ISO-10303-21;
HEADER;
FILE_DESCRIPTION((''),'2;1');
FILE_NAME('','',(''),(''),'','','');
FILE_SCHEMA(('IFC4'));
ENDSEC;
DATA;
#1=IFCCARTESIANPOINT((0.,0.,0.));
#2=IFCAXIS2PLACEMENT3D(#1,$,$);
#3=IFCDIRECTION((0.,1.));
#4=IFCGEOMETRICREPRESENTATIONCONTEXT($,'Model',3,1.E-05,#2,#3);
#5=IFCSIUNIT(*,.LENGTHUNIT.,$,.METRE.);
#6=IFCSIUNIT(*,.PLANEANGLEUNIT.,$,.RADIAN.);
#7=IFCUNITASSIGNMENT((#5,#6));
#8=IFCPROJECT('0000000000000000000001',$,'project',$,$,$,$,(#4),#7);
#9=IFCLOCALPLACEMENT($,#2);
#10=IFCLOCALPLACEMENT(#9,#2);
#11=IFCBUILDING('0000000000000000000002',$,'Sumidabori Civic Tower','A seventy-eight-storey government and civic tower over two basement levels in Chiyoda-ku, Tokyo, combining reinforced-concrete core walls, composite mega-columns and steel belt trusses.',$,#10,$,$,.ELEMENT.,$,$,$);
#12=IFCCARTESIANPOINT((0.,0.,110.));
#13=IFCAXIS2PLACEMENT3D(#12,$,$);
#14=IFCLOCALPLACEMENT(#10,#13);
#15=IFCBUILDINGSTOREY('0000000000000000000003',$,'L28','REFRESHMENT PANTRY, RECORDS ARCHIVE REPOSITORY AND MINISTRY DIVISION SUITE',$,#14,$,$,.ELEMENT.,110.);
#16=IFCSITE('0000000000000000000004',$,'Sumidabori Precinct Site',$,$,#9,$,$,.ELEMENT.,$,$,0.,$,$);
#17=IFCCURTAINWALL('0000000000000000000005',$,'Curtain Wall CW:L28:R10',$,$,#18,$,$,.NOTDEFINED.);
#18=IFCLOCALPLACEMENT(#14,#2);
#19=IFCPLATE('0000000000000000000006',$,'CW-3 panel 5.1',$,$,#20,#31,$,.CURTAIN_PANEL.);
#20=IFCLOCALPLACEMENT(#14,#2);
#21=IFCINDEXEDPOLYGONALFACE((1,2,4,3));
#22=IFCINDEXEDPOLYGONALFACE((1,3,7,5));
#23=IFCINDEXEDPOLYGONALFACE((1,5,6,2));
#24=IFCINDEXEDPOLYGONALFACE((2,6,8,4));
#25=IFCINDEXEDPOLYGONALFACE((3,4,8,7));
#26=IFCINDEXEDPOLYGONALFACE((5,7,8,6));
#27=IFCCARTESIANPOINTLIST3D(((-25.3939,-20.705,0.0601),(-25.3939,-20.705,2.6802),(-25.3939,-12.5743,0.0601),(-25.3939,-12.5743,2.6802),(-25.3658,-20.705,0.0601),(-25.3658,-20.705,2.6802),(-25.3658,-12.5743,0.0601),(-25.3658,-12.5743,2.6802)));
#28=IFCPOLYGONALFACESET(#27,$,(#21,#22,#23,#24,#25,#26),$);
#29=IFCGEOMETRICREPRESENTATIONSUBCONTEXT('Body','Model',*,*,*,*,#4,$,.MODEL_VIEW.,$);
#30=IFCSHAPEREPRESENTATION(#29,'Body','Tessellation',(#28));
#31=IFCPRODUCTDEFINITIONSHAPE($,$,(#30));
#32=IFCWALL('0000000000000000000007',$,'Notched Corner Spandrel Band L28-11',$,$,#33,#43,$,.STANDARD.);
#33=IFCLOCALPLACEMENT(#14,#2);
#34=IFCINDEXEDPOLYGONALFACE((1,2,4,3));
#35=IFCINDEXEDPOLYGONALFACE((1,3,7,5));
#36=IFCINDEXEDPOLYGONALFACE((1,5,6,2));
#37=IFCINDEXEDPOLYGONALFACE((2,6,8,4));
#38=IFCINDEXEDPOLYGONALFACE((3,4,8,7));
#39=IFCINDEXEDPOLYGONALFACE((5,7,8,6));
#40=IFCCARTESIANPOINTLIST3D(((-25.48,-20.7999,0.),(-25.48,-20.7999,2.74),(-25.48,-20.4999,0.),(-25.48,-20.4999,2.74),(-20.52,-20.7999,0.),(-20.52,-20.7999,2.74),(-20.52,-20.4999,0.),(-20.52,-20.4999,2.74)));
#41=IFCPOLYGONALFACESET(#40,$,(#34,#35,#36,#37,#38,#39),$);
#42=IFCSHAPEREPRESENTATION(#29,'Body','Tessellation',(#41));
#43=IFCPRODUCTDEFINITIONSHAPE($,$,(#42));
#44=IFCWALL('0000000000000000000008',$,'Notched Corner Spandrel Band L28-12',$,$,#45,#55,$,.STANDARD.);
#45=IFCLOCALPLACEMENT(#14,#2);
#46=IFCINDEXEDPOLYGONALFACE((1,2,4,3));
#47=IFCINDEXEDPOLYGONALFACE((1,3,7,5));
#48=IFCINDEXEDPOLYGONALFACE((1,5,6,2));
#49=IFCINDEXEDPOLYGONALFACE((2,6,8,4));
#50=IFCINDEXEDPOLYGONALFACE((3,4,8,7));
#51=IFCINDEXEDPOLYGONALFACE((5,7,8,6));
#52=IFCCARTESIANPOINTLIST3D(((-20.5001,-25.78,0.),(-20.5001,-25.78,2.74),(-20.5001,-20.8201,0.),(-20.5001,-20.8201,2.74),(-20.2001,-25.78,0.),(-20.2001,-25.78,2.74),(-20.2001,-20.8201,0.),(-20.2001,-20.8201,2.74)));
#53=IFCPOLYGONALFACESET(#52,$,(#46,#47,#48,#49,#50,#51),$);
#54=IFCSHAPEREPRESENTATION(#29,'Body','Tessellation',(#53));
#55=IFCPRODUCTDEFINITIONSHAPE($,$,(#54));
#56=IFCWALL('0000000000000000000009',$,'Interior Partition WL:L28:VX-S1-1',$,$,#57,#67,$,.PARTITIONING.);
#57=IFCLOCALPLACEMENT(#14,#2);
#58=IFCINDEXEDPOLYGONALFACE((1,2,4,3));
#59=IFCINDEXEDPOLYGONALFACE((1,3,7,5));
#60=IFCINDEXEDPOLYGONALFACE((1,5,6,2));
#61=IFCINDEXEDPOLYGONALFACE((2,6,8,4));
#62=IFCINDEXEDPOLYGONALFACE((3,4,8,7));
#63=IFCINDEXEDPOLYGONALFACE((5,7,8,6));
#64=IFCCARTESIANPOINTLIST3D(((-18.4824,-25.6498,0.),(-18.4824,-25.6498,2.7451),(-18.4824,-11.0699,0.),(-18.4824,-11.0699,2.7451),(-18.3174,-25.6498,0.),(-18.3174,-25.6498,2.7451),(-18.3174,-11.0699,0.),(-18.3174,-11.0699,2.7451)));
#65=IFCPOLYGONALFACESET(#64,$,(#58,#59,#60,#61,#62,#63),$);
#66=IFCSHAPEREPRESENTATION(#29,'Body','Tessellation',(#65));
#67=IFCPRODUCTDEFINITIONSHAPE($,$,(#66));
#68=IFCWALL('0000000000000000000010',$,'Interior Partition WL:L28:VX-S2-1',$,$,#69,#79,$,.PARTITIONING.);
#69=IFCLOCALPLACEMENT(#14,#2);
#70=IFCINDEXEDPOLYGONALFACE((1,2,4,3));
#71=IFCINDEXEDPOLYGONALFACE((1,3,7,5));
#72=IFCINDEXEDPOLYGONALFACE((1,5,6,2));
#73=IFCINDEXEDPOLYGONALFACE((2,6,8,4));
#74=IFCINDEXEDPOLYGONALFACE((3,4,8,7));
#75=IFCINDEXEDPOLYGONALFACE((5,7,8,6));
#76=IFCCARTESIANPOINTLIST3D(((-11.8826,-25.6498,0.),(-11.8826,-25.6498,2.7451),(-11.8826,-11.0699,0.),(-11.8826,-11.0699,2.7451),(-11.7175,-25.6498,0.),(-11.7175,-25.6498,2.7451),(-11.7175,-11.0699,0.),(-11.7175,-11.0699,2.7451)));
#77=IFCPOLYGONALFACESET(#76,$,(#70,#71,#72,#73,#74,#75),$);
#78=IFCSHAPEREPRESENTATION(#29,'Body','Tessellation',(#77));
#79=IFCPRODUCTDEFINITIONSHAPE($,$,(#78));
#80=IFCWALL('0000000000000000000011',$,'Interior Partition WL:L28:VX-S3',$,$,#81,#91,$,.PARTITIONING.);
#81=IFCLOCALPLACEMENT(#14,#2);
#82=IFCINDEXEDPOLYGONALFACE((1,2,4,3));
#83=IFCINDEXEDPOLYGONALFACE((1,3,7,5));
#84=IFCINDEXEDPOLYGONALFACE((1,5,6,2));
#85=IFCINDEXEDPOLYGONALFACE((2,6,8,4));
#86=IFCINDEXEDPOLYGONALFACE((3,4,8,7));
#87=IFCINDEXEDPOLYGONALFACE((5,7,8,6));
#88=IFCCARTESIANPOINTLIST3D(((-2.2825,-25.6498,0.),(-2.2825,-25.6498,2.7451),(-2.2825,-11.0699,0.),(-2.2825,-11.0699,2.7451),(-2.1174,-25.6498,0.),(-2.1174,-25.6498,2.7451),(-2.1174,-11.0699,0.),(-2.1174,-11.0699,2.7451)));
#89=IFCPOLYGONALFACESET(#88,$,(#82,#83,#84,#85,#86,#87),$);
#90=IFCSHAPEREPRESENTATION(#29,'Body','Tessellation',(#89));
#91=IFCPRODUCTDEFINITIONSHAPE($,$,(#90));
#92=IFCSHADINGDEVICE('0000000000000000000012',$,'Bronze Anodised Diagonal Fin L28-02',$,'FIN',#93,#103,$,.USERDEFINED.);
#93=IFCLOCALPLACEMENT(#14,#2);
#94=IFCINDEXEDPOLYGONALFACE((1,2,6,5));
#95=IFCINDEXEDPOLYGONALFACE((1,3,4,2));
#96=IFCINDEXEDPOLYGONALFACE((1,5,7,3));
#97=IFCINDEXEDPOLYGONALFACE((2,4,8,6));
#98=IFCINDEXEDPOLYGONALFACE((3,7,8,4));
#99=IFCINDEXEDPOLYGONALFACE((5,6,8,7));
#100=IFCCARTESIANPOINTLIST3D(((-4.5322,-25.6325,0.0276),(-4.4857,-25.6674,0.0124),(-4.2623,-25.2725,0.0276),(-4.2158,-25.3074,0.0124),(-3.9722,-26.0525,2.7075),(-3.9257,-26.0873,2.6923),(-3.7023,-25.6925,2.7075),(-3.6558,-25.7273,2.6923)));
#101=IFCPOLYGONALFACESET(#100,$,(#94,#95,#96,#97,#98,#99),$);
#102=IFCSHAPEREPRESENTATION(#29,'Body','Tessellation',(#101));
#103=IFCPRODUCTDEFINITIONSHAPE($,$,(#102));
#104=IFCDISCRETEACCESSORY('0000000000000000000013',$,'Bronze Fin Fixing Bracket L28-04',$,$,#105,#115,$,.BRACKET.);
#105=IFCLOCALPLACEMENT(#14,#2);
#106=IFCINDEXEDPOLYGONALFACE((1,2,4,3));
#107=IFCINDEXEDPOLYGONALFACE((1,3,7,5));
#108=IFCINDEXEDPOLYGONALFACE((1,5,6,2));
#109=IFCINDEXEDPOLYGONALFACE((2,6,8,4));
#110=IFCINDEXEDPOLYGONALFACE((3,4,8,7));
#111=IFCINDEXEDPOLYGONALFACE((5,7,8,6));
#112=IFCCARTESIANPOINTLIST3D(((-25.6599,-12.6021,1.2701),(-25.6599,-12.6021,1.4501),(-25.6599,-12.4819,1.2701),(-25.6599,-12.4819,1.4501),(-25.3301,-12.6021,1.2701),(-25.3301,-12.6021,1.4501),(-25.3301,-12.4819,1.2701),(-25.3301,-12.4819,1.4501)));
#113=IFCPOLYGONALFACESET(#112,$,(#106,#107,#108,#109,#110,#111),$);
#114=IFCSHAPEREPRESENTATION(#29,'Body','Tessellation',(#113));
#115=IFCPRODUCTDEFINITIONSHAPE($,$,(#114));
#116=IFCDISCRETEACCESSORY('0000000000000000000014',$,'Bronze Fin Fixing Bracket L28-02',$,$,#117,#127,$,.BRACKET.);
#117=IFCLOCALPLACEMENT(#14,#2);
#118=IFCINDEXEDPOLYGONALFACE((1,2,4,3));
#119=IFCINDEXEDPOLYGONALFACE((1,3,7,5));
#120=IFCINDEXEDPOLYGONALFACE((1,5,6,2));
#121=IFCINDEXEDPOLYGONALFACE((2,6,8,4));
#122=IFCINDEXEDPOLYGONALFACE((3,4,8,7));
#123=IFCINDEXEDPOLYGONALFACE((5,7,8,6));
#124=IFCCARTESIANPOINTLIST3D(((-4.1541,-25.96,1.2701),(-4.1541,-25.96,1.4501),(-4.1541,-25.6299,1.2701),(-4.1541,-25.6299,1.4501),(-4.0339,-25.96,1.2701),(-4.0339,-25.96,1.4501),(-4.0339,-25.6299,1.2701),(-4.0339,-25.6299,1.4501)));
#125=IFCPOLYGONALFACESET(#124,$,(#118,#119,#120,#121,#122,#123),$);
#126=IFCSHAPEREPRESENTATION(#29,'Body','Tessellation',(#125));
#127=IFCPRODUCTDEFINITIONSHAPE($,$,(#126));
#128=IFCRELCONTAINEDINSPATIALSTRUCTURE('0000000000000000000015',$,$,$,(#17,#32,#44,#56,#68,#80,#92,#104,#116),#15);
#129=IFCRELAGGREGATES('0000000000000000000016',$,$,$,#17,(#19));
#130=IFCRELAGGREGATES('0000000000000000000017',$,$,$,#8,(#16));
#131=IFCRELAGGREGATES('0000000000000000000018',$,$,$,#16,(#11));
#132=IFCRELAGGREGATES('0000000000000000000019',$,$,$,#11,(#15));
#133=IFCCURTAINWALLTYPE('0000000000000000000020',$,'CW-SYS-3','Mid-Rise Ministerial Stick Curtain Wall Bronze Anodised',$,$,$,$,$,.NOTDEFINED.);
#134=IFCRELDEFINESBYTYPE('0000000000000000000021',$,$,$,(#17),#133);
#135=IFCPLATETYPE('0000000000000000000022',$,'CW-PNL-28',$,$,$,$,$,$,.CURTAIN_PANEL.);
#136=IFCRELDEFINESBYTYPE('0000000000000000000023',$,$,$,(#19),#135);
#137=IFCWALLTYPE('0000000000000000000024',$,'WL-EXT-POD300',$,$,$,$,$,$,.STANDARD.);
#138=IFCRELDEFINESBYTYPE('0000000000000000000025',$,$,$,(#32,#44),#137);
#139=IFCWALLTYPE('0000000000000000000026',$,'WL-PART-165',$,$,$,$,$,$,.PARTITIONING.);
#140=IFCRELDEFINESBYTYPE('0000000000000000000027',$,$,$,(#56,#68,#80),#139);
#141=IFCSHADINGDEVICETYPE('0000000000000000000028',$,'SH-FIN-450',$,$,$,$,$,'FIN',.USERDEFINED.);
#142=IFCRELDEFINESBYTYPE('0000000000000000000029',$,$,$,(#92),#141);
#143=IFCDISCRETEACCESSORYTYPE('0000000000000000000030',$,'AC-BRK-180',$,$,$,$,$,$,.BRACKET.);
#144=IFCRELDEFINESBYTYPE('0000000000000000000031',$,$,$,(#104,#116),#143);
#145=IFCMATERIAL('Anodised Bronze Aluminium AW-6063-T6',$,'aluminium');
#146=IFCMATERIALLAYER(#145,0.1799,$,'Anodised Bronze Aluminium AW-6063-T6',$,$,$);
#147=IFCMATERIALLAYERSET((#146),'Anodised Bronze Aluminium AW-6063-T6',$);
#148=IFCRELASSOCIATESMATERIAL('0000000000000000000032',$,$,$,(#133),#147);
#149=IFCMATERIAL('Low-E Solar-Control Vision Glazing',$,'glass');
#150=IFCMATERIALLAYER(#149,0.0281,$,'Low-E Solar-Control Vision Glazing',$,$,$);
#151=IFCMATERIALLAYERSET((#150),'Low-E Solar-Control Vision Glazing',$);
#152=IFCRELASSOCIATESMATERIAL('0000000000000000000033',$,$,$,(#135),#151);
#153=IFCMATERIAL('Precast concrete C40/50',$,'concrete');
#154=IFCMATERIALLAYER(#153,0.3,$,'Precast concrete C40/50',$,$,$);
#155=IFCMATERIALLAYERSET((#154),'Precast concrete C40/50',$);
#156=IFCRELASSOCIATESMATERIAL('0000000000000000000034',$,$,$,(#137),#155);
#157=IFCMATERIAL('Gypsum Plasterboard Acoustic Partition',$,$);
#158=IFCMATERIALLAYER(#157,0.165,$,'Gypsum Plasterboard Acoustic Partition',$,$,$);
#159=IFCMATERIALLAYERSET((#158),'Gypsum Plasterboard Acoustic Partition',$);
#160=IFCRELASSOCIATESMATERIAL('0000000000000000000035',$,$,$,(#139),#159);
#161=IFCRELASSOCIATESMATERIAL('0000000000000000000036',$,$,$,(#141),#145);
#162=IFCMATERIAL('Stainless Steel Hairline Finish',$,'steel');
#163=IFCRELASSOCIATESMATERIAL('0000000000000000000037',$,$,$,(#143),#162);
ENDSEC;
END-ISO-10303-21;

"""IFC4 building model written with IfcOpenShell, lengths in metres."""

from ifc_helpers import new_model, si_unit, direction, frame, frame_2d, origin, origin_2d, place, context, subcontext, project, spatial, rectangle, extrude, source, transform, mapped, material, layer, layer_set, material_profile, profile_set, type_object, element, aggregate, save


model = new_model("IFC4")

# Units and contexts
model_context = context("Model", 3, precision=1e-05, world=origin(), true_north=direction((0.0, 1.0)))
body_context = subcontext(model_context, "Body", "Model", "MODEL_VIEW")
ifc_project = project(units=[si_unit("LENGTHUNIT", "METRE"), si_unit("PLANEANGLEUNIT", "RADIAN")], contexts=[model_context])

# Site, building, storey
site_placement = place(None, origin())
site = spatial("IfcSite", under=ifc_project, at=site_placement, Name="Sumidabori Precinct Site", CompositionType="ELEMENT", RefElevation=0.0)
building_placement = place(site_placement, origin())
building = spatial("IfcBuilding", under=site, at=building_placement, Name="Sumidabori Civic Tower", Description="A seventy-eight-storey government and civic tower over two basement levels in Chiyoda-ku, Tokyo, combining reinforced-concrete core walls, composite mega-columns and steel belt trusses.", CompositionType="ELEMENT")
storey_placement = place(building_placement, frame((0.0, 0.0, 110.0)))
storey = spatial("IfcBuildingStorey", under=building, at=storey_placement, Name="L28", Description="REFRESHMENT PANTRY, RECORDS ARCHIVE REPOSITORY AND MINISTRY DIVISION SUITE", CompositionType="ELEMENT", Elevation=110.0)

# Curtain wall
ifc_material_1 = material(Name="Anodised Bronze Aluminium AW-6063-T6", Category="aluminium")
ifc_layer_1 = layer(ifc_material_1, 0.1799, Name="Anodised Bronze Aluminium AW-6063-T6")
ifc_layer_set_1 = layer_set([ifc_layer_1], Name="Anodised Bronze Aluminium AW-6063-T6")
curtain_wall_type = type_object("IfcCurtainWallType", Name="CW-SYS-3", Description="Mid-Rise Ministerial Stick Curtain Wall Bronze Anodised", PredefinedType="NOTDEFINED", material=ifc_layer_set_1)
curtain_wall_1_placement = place(storey_placement, origin())
curtain_wall_1 = element("IfcCurtainWall", 1, at=curtain_wall_1_placement, inside=storey, type_object=curtain_wall_type, Name="Curtain Wall CW:L28:R10", PredefinedType="NOTDEFINED")

# Plate
ifc_material_2 = material(Name="Low-E Solar-Control Vision Glazing", Category="glass")
ifc_layer_2 = layer(ifc_material_2, 0.0281, Name="Low-E Solar-Control Vision Glazing")
ifc_layer_set_2 = layer_set([ifc_layer_2], Name="Low-E Solar-Control Vision Glazing")
plate_type = type_object("IfcPlateType", Name="CW-PNL-28", PredefinedType="CURTAIN_PANEL", material=ifc_layer_set_2)
shared_shape_1 = source(origin(), body_context, "Body", "SweptSolid", [
    extrude(rectangle(XDim=8.1306, YDim=0.0281, at=origin_2d()), origin(), (0.0, 0.0, 1.0), 2.6201),
])
plate_1_placement = place(storey_placement, frame((-25.3799, -16.6396, 0.0601), z_axis=(0.0, 0.0, 1.0), x_axis=(0.0, -1.0, 0.0)))
plate_1 = element("IfcPlate", 2, at=plate_1_placement, type_object=plate_type, Name="CW-3 panel 5.1", PredefinedType="CURTAIN_PANEL", context=body_context, shape_type="MappedRepresentation", body=[
    mapped(shared_shape_1, transform((0.0, 0.0, 0.0), x_axis=(1.0, 0.0, 0.0), y_axis=(0.0, 1.0, 0.0), z_axis=(0.0, 0.0, 1.0), scale=1.0)),
])
aggregate(curtain_wall_1, [plate_1])

# Walls
ifc_material_3 = material(Name="Precast concrete C40/50", Category="concrete")
ifc_layer_3 = layer(ifc_material_3, 0.3, Name="Precast concrete C40/50")
ifc_layer_set_3 = layer_set([ifc_layer_3], Name="Precast concrete C40/50")
wall_type_1 = type_object("IfcWallType", Name="WL-EXT-POD300", PredefinedType="STANDARD", material=ifc_layer_set_3)
shared_shape_2 = source(origin(), body_context, "Body", "SweptSolid", [
    extrude(rectangle(XDim=4.96, YDim=0.3, at=frame_2d((2.48, 0.0))), origin(), (0.0, 0.0, 1.0), 2.74),
])
for number, where, z_axis, x_axis, name in (
    (3, (-25.48, -20.6499, 0.0), (0.0, 0.0, 1.0), (1.0, 0.0, 0.0), "Notched Corner Spandrel Band L28-11"),
    (4, (-20.3501, -20.8201, 0.0), (0.0, 0.0, 1.0), (0.0, -1.0, 0.0), "Notched Corner Spandrel Band L28-12"),
):
    element("IfcWall", number, at=place(storey_placement, frame(where, z_axis=z_axis, x_axis=x_axis)), inside=storey, type_object=wall_type_1, Name=name, PredefinedType="STANDARD", context=body_context, shape_type="MappedRepresentation", body=[
        mapped(shared_shape_2, transform((0.0, 0.0, 0.0), x_axis=(1.0, 0.0, 0.0), y_axis=(0.0, 1.0, 0.0), z_axis=(0.0, 0.0, 1.0), scale=1.0)),
    ])
ifc_material_4 = material(Name="Gypsum Plasterboard Acoustic Partition")
ifc_layer_4 = layer(ifc_material_4, 0.165, Name="Gypsum Plasterboard Acoustic Partition")
ifc_layer_set_4 = layer_set([ifc_layer_4], Name="Gypsum Plasterboard Acoustic Partition")
wall_type_2 = type_object("IfcWallType", Name="WL-PART-165", PredefinedType="PARTITIONING", material=ifc_layer_set_4)
shared_shape_3 = source(origin(), body_context, "Body", "SweptSolid", [
    extrude(rectangle(XDim=14.5798, YDim=0.165, at=frame_2d((7.29, 0.0))), origin(), (0.0, 0.0, 1.0), 2.7451),
])
for number, where, z_axis, x_axis, name in (
    (5, (-18.3999, -25.6499, 0.0), (0.0, 0.0, 1.0), (0.0, 1.0, 0.0), "Interior Partition WL:L28:VX-S1-1"),
    (6, (-11.8, -25.6499, 0.0), (0.0, 0.0, 1.0), (0.0, 1.0, 0.0), "Interior Partition WL:L28:VX-S2-1"),
    (7, (-2.2, -25.6499, 0.0), (0.0, 0.0, 1.0), (0.0, 1.0, 0.0), "Interior Partition WL:L28:VX-S3"),
):
    element("IfcWall", number, at=place(storey_placement, frame(where, z_axis=z_axis, x_axis=x_axis)), inside=storey, type_object=wall_type_2, Name=name, PredefinedType="PARTITIONING", context=body_context, shape_type="MappedRepresentation", body=[
        mapped(shared_shape_3, transform((0.0, 0.0, 0.0), x_axis=(1.0, 0.0, 0.0), y_axis=(0.0, 1.0, 0.0), z_axis=(0.0, 0.0, 1.0), scale=1.0)),
    ])

# Shading device
ifc_material_profile_1 = material_profile(ifc_material_1, rectangle(XDim=0.0601, YDim=0.45, at=origin_2d()), Name="BRONZE FIN 450x60")
ifc_profile_set_1 = profile_set([ifc_material_profile_1], Name="Anodised Bronze Aluminium AW-6063-T6")
shading_device_type = type_object("IfcShadingDeviceType", Name="SH-FIN-450", ElementType="FIN", PredefinedType="USERDEFINED", material=ifc_profile_set_1)
shared_shape_4 = source(origin(), body_context, "Body", "SweptSolid", [
    extrude(rectangle(XDim=0.0601, YDim=0.45, at=origin_2d()), origin(), (0.0, 0.0, 1.0), 2.7698),
])
shading_device_placement = place(storey_placement, frame((-4.374, -25.47, 0.02), z_axis=(0.202199, -0.151605, 0.967539), x_axis=(0.774112, -0.580415, -0.252722)))
element("IfcShadingDevice", 8, at=shading_device_placement, inside=storey, type_object=shading_device_type, Name="Bronze Anodised Diagonal Fin L28-02", ObjectType="FIN", PredefinedType="USERDEFINED", context=body_context, shape_type="MappedRepresentation", body=[
    mapped(shared_shape_4, transform((0.0, 0.0, 0.0), x_axis=(1.0, 0.0, 0.0), y_axis=(0.0, 1.0, 0.0), z_axis=(0.0, 0.0, 1.0), scale=1.0)),
])

# Discrete accessories
ifc_material_5 = material(Name="Stainless Steel Hairline Finish", Category="steel")
ifc_material_profile_2 = material_profile(ifc_material_5, rectangle(XDim=0.1201, YDim=0.1799, at=origin_2d()), Name="STEEL BRACKET 180x120")
ifc_profile_set_2 = profile_set([ifc_material_profile_2], Name="Stainless Steel Hairline Finish")
discrete_accessory_type = type_object("IfcDiscreteAccessoryType", Name="AC-BRK-180", PredefinedType="BRACKET", material=ifc_profile_set_2)
shared_shape_5 = source(origin(), body_context, "Body", "SweptSolid", [
    extrude(rectangle(XDim=0.1201, YDim=0.1799, at=origin_2d()), origin(), (0.0, 0.0, 1.0), 0.3298),
])
discrete_accessory_1_placement = place(storey_placement, frame((-25.3301, -12.542, 1.3601), z_axis=(-1.0, 0.0, 0.0), x_axis=(0.0, -1.0, 0.0)))
element("IfcDiscreteAccessory", 9, at=discrete_accessory_1_placement, inside=storey, type_object=discrete_accessory_type, Name="Bronze Fin Fixing Bracket L28-04", PredefinedType="BRACKET", context=body_context, shape_type="MappedRepresentation", body=[
    mapped(shared_shape_5, transform((0.0, 0.0, 0.0), x_axis=(1.0, 0.0, 0.0), y_axis=(0.0, 1.0, 0.0), z_axis=(0.0, 0.0, 1.0), scale=1.0)),
])
shared_shape_6 = source(origin(), body_context, "Body", "SweptSolid", [
    extrude(rectangle(XDim=0.1201, YDim=0.1799, at=origin_2d()), origin(), (0.0, 0.0, 1.0), 0.3301),
])
discrete_accessory_2_placement = place(storey_placement, frame((-4.094, -25.6299, 1.3601), z_axis=(0.0, -1.0, 0.0), x_axis=(1.0, 0.0, 0.0)))
element("IfcDiscreteAccessory", 10, at=discrete_accessory_2_placement, inside=storey, type_object=discrete_accessory_type, Name="Bronze Fin Fixing Bracket L28-02", PredefinedType="BRACKET", context=body_context, shape_type="MappedRepresentation", body=[
    mapped(shared_shape_6, transform((0.0, 0.0, 0.0), x_axis=(1.0, 0.0, 0.0), y_axis=(0.0, 1.0, 0.0), z_axis=(0.0, 0.0, 1.0), scale=1.0)),
])

save(model, "model.ifc")
